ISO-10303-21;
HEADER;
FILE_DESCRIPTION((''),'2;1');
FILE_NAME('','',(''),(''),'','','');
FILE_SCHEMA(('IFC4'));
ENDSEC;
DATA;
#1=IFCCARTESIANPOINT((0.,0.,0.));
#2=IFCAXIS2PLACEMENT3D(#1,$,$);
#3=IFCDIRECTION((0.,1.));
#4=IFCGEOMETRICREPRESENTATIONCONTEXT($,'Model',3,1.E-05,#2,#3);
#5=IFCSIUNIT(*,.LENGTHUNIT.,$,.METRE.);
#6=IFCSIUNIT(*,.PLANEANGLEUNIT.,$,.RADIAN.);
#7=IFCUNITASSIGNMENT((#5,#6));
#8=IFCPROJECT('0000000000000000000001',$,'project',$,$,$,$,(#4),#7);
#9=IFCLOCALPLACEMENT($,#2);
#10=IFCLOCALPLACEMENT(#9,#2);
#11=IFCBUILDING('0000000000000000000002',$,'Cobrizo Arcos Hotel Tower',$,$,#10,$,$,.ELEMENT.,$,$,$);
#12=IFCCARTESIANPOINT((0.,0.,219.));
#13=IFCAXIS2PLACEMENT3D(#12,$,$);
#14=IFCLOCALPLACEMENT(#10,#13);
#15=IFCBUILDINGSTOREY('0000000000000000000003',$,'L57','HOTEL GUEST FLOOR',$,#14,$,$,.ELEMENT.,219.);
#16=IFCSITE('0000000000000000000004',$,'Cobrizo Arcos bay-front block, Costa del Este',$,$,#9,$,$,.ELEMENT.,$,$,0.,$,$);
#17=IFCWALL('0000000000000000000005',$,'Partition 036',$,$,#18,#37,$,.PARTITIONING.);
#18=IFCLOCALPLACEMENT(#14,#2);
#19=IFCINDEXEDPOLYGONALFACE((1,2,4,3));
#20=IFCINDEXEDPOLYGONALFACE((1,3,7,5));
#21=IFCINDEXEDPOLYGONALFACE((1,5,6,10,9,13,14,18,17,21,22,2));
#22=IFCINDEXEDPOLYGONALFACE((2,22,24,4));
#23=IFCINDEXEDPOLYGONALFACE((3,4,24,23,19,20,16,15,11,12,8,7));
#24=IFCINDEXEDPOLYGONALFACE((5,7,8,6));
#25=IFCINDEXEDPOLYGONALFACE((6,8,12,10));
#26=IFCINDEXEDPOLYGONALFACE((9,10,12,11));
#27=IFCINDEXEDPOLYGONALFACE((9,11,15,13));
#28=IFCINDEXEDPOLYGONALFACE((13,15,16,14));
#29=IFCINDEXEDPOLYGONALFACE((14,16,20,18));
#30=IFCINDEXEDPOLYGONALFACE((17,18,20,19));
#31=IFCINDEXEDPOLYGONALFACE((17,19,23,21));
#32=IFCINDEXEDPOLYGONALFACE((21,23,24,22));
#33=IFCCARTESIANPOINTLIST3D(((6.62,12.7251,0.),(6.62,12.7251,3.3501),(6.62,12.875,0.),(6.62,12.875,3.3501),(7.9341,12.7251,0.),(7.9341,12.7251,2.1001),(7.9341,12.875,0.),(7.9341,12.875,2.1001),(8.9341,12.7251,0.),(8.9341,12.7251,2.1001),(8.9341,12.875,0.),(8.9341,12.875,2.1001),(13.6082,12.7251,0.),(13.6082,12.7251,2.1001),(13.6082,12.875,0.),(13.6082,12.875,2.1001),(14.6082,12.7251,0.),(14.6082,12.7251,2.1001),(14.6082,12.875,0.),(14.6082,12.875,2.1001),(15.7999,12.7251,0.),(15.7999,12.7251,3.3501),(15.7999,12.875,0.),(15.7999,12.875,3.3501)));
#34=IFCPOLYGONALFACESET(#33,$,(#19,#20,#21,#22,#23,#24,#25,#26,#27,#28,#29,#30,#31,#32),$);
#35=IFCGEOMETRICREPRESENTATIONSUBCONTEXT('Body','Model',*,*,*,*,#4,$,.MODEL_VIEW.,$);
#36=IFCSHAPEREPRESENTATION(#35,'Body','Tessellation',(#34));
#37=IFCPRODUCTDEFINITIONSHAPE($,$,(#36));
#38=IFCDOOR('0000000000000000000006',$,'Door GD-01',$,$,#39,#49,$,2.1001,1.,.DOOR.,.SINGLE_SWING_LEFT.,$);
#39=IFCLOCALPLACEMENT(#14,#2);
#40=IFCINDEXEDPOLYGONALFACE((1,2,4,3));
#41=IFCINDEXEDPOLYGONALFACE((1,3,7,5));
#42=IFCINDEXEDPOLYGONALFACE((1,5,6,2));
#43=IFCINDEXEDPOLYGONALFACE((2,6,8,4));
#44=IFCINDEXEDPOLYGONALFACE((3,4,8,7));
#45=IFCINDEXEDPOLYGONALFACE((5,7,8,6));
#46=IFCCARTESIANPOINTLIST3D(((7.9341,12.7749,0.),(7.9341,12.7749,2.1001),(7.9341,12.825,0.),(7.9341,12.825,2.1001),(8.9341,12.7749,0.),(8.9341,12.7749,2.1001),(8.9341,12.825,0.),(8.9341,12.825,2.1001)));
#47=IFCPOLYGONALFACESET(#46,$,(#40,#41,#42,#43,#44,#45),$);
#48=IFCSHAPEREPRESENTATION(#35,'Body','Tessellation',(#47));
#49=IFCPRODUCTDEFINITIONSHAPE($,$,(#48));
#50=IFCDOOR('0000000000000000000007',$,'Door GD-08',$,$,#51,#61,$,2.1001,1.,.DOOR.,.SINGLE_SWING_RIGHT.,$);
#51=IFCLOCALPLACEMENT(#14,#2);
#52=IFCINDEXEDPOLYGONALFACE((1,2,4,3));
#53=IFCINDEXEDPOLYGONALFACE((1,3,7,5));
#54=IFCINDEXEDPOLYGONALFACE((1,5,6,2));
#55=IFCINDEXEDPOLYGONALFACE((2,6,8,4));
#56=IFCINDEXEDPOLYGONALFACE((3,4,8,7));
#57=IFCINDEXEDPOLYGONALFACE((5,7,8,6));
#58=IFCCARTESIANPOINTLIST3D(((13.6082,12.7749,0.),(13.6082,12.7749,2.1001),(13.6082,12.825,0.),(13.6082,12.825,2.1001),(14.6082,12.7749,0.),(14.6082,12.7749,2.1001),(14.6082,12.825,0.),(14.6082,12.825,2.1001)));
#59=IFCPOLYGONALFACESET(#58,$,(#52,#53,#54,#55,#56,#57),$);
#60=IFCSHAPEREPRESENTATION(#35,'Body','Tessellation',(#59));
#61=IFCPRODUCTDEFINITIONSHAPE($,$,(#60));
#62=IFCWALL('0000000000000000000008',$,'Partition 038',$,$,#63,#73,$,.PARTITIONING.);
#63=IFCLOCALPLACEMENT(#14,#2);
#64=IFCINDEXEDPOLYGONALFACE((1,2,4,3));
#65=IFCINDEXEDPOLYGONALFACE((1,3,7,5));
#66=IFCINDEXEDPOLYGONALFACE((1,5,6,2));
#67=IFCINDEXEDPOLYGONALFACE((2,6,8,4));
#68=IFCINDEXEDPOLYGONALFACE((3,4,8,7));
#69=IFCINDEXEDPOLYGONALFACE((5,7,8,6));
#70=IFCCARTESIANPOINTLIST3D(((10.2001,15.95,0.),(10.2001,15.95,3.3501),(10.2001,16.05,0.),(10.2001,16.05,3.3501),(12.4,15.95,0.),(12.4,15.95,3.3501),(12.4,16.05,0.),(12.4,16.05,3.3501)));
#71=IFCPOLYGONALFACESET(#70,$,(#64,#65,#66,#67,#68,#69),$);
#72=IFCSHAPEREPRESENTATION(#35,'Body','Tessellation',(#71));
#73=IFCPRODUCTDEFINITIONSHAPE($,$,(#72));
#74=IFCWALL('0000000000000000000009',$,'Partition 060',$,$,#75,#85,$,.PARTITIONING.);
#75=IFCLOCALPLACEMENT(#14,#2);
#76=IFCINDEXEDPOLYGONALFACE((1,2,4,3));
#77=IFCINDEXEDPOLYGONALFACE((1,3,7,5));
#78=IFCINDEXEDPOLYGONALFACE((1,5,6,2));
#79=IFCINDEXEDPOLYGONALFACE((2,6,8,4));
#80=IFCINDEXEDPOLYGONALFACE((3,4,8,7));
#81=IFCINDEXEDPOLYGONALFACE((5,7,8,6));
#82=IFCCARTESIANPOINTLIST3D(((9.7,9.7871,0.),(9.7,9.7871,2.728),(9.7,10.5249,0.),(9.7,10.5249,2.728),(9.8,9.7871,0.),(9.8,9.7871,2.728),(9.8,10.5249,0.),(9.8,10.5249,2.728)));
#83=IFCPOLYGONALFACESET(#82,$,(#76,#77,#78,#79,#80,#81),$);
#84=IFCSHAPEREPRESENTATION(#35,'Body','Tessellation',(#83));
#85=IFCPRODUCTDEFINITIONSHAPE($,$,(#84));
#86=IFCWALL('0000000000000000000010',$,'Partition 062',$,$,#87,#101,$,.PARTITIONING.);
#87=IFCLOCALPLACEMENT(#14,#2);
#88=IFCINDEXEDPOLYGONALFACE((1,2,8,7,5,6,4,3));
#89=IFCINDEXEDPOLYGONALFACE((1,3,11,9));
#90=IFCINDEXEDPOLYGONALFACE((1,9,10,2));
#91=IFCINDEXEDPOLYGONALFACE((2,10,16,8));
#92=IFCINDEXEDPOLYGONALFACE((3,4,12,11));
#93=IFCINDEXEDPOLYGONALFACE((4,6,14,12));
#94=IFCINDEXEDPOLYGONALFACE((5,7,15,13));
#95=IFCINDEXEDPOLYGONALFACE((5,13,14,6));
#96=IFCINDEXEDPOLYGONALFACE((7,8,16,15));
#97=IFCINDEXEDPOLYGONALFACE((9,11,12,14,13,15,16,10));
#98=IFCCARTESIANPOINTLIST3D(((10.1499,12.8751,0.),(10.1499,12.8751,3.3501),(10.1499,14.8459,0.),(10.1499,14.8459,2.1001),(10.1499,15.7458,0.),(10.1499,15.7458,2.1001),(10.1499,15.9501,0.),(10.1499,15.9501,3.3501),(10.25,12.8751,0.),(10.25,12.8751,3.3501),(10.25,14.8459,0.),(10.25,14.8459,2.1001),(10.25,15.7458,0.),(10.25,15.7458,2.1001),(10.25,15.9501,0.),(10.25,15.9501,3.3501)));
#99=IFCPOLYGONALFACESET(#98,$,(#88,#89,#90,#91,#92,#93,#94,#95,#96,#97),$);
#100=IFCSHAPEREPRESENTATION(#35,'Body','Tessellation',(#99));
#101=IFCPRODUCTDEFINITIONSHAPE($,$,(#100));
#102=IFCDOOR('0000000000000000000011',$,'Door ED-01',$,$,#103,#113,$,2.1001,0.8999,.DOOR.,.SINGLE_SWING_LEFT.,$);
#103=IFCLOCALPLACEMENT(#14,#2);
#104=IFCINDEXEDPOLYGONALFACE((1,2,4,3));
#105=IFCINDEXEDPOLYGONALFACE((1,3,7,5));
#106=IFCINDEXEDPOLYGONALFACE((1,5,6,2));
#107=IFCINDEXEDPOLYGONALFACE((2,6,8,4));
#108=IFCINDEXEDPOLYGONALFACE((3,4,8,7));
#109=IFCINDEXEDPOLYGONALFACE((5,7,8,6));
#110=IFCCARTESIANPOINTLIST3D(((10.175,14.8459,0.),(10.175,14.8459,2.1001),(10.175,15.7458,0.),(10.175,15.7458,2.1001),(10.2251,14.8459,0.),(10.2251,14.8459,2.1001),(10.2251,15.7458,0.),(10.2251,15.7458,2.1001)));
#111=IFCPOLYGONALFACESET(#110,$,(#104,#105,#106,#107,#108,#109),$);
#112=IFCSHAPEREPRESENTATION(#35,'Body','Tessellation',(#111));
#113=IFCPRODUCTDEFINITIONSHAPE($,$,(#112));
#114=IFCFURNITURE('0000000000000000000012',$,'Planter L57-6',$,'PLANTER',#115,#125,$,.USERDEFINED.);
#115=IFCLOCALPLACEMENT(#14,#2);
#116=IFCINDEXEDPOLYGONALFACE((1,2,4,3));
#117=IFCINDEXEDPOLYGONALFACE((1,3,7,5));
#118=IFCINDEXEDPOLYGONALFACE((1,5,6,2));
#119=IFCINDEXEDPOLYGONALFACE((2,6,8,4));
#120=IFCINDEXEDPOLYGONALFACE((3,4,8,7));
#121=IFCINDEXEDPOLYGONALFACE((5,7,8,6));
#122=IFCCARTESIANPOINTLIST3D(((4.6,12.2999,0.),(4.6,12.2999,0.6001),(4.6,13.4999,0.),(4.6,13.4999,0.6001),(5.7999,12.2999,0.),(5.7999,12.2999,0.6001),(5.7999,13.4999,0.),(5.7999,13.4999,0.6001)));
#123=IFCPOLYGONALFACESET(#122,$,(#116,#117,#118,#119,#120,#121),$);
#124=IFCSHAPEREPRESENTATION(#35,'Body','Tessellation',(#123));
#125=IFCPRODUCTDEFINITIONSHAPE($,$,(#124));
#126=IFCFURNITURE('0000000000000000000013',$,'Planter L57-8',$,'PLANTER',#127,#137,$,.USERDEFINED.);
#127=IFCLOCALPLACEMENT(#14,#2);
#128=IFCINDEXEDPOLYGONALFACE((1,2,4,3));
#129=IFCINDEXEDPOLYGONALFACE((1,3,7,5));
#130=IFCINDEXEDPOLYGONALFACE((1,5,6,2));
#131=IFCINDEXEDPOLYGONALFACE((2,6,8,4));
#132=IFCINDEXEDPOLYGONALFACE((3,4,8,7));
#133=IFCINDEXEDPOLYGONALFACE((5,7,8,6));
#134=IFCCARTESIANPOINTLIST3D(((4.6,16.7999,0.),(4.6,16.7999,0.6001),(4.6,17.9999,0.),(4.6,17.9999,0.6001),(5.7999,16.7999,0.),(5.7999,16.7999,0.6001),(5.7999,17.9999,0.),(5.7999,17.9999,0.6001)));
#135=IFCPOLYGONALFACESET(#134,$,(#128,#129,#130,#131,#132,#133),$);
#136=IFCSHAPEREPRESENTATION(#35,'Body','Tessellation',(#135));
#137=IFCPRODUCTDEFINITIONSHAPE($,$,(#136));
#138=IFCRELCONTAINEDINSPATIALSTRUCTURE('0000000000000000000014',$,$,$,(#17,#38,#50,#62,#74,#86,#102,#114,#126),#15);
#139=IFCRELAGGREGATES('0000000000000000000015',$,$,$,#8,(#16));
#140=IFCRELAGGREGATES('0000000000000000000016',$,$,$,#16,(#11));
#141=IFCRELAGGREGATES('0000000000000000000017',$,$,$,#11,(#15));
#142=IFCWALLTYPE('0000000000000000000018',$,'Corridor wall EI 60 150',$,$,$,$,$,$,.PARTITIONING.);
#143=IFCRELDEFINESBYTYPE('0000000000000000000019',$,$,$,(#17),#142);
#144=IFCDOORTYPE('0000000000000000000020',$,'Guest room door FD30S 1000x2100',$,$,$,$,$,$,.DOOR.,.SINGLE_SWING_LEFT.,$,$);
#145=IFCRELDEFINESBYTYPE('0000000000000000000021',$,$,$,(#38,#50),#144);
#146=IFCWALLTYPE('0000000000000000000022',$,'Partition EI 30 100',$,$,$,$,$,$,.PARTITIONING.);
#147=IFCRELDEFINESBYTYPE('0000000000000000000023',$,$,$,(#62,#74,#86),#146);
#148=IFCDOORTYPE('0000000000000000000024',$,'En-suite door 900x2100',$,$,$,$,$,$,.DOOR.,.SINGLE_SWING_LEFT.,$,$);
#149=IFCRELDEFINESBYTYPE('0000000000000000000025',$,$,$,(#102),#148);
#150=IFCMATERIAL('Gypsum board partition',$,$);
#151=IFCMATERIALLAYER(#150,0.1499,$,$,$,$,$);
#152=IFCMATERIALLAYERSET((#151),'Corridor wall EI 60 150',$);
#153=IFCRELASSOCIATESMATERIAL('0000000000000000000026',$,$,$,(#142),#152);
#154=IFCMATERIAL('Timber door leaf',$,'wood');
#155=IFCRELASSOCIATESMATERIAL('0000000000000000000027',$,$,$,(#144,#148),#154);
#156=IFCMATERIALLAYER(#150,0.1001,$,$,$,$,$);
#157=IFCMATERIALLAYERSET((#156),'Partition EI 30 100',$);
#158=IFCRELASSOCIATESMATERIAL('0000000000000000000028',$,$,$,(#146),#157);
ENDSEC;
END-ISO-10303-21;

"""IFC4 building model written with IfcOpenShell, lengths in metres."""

from ifc_helpers import new_model, si_unit, direction, frame, frame_2d, origin, origin_2d, place, context, subcontext, project, spatial, rectangle, extrude, material, layer, layer_set, type_object, element, fill, save


model = new_model("IFC4")

# Units and contexts
model_context = context("Model", 3, precision=1e-05, world=origin(), true_north=direction((0.0, 1.0)))
body_context = subcontext(model_context, "Body", "Model", "MODEL_VIEW")
ifc_project = project(units=[si_unit("LENGTHUNIT", "METRE"), si_unit("PLANEANGLEUNIT", "RADIAN")], contexts=[model_context])

# Site, building, storey
site_placement = place(None, origin())
site = spatial("IfcSite", under=ifc_project, at=site_placement, Name="Cobrizo Arcos bay-front block, Costa del Este", CompositionType="ELEMENT", RefElevation=0.0)
building_placement = place(site_placement, origin())
building = spatial("IfcBuilding", under=site, at=building_placement, Name="Cobrizo Arcos Hotel Tower", CompositionType="ELEMENT")
storey_placement = place(building_placement, frame((0.0, 0.0, 219.0)))
storey = spatial("IfcBuildingStorey", under=building, at=storey_placement, Name="L57", Description="HOTEL GUEST FLOOR", CompositionType="ELEMENT", Elevation=219.0)

# Shared definitions
ifc_material_1 = material(Name="Gypsum board partition")
ifc_layer_1 = layer(ifc_material_1, 0.1499)
ifc_layer_set_1 = layer_set([ifc_layer_1], Name="Corridor wall EI 60 150")
wall_type_1 = type_object("IfcWallType", Name="Corridor wall EI 60 150", PredefinedType="PARTITIONING", material=ifc_layer_set_1)

# Wall, openings, doors
wall_1_placement = place(storey_placement, frame((6.6201, 12.8, 0.0), z_axis=(0.0, 0.0, 1.0), x_axis=(1.0, 0.0, 0.0)))
wall_1 = element("IfcWall", 1, at=wall_1_placement, inside=storey, type_object=wall_type_1, Name="Partition 036", PredefinedType="PARTITIONING", context=body_context, shape_type="SweptSolid", body=[
    extrude(rectangle(XDim=9.1799, YDim=0.1499, at=frame_2d((4.5898, 0.0))), origin(), (0.0, 0.0, 1.0), 3.3501),
])
opening_1_placement = place(wall_1_placement, frame((1.314, 0.0, 0.0)))
opening_1 = element("IfcOpeningElement", 2, at=opening_1_placement, cuts=wall_1, PredefinedType="OPENING", context=body_context, shape_type="SweptSolid", body=[
    extrude(rectangle(XDim=1.0, YDim=2.1001, at=frame_2d((0.5, 1.05))), frame((0.0, 0.0869, 0.0), z_axis=(0.0, -1.0, 0.0), x_axis=(1.0, 0.0, 0.0)), (0.0, 0.0, 1.0), 0.1738),
])
opening_2_placement = place(wall_1_placement, frame((6.988, 0.0, 0.0)))
opening_2 = element("IfcOpeningElement", 3, at=opening_2_placement, cuts=wall_1, PredefinedType="OPENING", context=body_context, shape_type="SweptSolid", body=[
    extrude(rectangle(XDim=1.0, YDim=2.1001, at=frame_2d((0.5, 1.05))), frame((0.0, 0.0869, 0.0), z_axis=(0.0, -1.0, 0.0), x_axis=(1.0, 0.0, 0.0)), (0.0, 0.0, 1.0), 0.1738),
])
ifc_material_2 = material(Name="Timber door leaf", Category="wood")
door_type_1 = type_object("IfcDoorType", Name="Guest room door FD30S 1000x2100", OperationType="SINGLE_SWING_LEFT", PredefinedType="DOOR", material=ifc_material_2)
door_1_placement = place(opening_1_placement, origin())
door_1 = element("IfcDoor", 4, at=door_1_placement, inside=storey, type_object=door_type_1, Name="Door GD-01", OperationType="SINGLE_SWING_LEFT", OverallHeight=2.1001, OverallWidth=1.0, PredefinedType="DOOR", context=body_context, shape_type="SweptSolid", body=[
    extrude(rectangle(XDim=1.0, YDim=2.1001, at=frame_2d((0.5, 1.05))), frame((0.0, 0.0249, 0.0), z_axis=(0.0, -1.0, 0.0), x_axis=(1.0, 0.0, 0.0)), (0.0, 0.0, 1.0), 0.05),
])
fill(opening_1, door_1)
door_2_placement = place(opening_2_placement, origin())
door_2 = element("IfcDoor", 5, at=door_2_placement, inside=storey, type_object=door_type_1, Name="Door GD-08", OperationType="SINGLE_SWING_RIGHT", OverallHeight=2.1001, OverallWidth=1.0, PredefinedType="DOOR", context=body_context, shape_type="SweptSolid", body=[
    extrude(rectangle(XDim=1.0, YDim=2.1001, at=frame_2d((0.5, 1.05))), frame((0.0, 0.0249, 0.0), z_axis=(0.0, -1.0, 0.0), x_axis=(1.0, 0.0, 0.0)), (0.0, 0.0, 1.0), 0.05),
])
fill(opening_2, door_2)

# Walls
ifc_layer_2 = layer(ifc_material_1, 0.1001)
ifc_layer_set_2 = layer_set([ifc_layer_2], Name="Partition EI 30 100")
wall_type_2 = type_object("IfcWallType", Name="Partition EI 30 100", PredefinedType="PARTITIONING", material=ifc_layer_set_2)
wall_2_placement = place(storey_placement, frame((10.2, 16.0, 0.0), z_axis=(0.0, 0.0, 1.0), x_axis=(1.0, 0.0, 0.0)))
element("IfcWall", 6, at=wall_2_placement, inside=storey, type_object=wall_type_2, Name="Partition 038", PredefinedType="PARTITIONING", context=body_context, shape_type="SweptSolid", body=[
    extrude(rectangle(XDim=2.2, YDim=0.1001, at=frame_2d((1.1001, 0.0))), origin(), (0.0, 0.0, 1.0), 3.3501),
])
wall_3_placement = place(storey_placement, frame((9.75, 9.7871, 0.0), z_axis=(0.0, 0.0, 1.0), x_axis=(0.0, 1.0, 0.0)))
element("IfcWall", 7, at=wall_3_placement, inside=storey, type_object=wall_type_2, Name="Partition 060", PredefinedType="PARTITIONING", context=body_context, shape_type="SweptSolid", body=[
    extrude(rectangle(XDim=0.7378, YDim=0.1001, at=frame_2d((0.3689, 0.0))), origin(), (0.0, 0.0, 1.0), 2.728),
])

# Wall, opening, door
wall_4_placement = place(storey_placement, frame((10.2, 12.875, 0.0), z_axis=(0.0, 0.0, 1.0), x_axis=(0.0, 1.0, 0.0)))
wall_4 = element("IfcWall", 8, at=wall_4_placement, inside=storey, type_object=wall_type_2, Name="Partition 062", PredefinedType="PARTITIONING", context=body_context, shape_type="SweptSolid", body=[
    extrude(rectangle(XDim=3.075, YDim=0.1001, at=frame_2d((1.5376, 0.0))), origin(), (0.0, 0.0, 1.0), 3.3501),
])
opening_3_placement = place(wall_4_placement, frame((1.9709, 0.0, 0.0)))
opening_3 = element("IfcOpeningElement", 9, at=opening_3_placement, cuts=wall_4, PredefinedType="OPENING", context=body_context, shape_type="SweptSolid", body=[
    extrude(rectangle(XDim=0.8999, YDim=2.1001, at=frame_2d((0.45, 1.05))), frame((0.0, 0.062, 0.0), z_axis=(0.0, -1.0, 0.0), x_axis=(1.0, 0.0, 0.0)), (0.0, 0.0, 1.0), 0.124),
])
door_type_2 = type_object("IfcDoorType", Name="En-suite door 900x2100", OperationType="SINGLE_SWING_LEFT", PredefinedType="DOOR", material=ifc_material_2)
door_3_placement = place(opening_3_placement, origin())
door_3 = element("IfcDoor", 10, at=door_3_placement, inside=storey, type_object=door_type_2, Name="Door ED-01", OperationType="SINGLE_SWING_LEFT", OverallHeight=2.1001, OverallWidth=0.8999, PredefinedType="DOOR", context=body_context, shape_type="SweptSolid", body=[
    extrude(rectangle(XDim=0.8999, YDim=2.1001, at=frame_2d((0.45, 1.05))), frame((0.0, 0.0249, 0.0), z_axis=(0.0, -1.0, 0.0), x_axis=(1.0, 0.0, 0.0)), (0.0, 0.0, 1.0), 0.05),
])
fill(opening_3, door_3)

# Furniture
for number, where, z_axis, x_axis, name in (
    (11, (5.2, 12.8999, 0.0), (0.0, 0.0, 1.0), (1.0, 0.0, 0.0), "Planter L57-6"),
    (12, (5.2, 17.3999, 0.0), (0.0, 0.0, 1.0), (1.0, 0.0, 0.0), "Planter L57-8"),
):
    element("IfcFurniture", number, at=place(storey_placement, frame(where, z_axis=z_axis, x_axis=x_axis)), inside=storey, Name=name, ObjectType="PLANTER", PredefinedType="USERDEFINED", context=body_context, shape_type="SweptSolid", body=[
        extrude(rectangle(XDim=1.2, YDim=1.2, at=origin_2d()), origin(), (0.0, 0.0, 1.0), 0.6001),
    ])

save(model, "model.ifc")
